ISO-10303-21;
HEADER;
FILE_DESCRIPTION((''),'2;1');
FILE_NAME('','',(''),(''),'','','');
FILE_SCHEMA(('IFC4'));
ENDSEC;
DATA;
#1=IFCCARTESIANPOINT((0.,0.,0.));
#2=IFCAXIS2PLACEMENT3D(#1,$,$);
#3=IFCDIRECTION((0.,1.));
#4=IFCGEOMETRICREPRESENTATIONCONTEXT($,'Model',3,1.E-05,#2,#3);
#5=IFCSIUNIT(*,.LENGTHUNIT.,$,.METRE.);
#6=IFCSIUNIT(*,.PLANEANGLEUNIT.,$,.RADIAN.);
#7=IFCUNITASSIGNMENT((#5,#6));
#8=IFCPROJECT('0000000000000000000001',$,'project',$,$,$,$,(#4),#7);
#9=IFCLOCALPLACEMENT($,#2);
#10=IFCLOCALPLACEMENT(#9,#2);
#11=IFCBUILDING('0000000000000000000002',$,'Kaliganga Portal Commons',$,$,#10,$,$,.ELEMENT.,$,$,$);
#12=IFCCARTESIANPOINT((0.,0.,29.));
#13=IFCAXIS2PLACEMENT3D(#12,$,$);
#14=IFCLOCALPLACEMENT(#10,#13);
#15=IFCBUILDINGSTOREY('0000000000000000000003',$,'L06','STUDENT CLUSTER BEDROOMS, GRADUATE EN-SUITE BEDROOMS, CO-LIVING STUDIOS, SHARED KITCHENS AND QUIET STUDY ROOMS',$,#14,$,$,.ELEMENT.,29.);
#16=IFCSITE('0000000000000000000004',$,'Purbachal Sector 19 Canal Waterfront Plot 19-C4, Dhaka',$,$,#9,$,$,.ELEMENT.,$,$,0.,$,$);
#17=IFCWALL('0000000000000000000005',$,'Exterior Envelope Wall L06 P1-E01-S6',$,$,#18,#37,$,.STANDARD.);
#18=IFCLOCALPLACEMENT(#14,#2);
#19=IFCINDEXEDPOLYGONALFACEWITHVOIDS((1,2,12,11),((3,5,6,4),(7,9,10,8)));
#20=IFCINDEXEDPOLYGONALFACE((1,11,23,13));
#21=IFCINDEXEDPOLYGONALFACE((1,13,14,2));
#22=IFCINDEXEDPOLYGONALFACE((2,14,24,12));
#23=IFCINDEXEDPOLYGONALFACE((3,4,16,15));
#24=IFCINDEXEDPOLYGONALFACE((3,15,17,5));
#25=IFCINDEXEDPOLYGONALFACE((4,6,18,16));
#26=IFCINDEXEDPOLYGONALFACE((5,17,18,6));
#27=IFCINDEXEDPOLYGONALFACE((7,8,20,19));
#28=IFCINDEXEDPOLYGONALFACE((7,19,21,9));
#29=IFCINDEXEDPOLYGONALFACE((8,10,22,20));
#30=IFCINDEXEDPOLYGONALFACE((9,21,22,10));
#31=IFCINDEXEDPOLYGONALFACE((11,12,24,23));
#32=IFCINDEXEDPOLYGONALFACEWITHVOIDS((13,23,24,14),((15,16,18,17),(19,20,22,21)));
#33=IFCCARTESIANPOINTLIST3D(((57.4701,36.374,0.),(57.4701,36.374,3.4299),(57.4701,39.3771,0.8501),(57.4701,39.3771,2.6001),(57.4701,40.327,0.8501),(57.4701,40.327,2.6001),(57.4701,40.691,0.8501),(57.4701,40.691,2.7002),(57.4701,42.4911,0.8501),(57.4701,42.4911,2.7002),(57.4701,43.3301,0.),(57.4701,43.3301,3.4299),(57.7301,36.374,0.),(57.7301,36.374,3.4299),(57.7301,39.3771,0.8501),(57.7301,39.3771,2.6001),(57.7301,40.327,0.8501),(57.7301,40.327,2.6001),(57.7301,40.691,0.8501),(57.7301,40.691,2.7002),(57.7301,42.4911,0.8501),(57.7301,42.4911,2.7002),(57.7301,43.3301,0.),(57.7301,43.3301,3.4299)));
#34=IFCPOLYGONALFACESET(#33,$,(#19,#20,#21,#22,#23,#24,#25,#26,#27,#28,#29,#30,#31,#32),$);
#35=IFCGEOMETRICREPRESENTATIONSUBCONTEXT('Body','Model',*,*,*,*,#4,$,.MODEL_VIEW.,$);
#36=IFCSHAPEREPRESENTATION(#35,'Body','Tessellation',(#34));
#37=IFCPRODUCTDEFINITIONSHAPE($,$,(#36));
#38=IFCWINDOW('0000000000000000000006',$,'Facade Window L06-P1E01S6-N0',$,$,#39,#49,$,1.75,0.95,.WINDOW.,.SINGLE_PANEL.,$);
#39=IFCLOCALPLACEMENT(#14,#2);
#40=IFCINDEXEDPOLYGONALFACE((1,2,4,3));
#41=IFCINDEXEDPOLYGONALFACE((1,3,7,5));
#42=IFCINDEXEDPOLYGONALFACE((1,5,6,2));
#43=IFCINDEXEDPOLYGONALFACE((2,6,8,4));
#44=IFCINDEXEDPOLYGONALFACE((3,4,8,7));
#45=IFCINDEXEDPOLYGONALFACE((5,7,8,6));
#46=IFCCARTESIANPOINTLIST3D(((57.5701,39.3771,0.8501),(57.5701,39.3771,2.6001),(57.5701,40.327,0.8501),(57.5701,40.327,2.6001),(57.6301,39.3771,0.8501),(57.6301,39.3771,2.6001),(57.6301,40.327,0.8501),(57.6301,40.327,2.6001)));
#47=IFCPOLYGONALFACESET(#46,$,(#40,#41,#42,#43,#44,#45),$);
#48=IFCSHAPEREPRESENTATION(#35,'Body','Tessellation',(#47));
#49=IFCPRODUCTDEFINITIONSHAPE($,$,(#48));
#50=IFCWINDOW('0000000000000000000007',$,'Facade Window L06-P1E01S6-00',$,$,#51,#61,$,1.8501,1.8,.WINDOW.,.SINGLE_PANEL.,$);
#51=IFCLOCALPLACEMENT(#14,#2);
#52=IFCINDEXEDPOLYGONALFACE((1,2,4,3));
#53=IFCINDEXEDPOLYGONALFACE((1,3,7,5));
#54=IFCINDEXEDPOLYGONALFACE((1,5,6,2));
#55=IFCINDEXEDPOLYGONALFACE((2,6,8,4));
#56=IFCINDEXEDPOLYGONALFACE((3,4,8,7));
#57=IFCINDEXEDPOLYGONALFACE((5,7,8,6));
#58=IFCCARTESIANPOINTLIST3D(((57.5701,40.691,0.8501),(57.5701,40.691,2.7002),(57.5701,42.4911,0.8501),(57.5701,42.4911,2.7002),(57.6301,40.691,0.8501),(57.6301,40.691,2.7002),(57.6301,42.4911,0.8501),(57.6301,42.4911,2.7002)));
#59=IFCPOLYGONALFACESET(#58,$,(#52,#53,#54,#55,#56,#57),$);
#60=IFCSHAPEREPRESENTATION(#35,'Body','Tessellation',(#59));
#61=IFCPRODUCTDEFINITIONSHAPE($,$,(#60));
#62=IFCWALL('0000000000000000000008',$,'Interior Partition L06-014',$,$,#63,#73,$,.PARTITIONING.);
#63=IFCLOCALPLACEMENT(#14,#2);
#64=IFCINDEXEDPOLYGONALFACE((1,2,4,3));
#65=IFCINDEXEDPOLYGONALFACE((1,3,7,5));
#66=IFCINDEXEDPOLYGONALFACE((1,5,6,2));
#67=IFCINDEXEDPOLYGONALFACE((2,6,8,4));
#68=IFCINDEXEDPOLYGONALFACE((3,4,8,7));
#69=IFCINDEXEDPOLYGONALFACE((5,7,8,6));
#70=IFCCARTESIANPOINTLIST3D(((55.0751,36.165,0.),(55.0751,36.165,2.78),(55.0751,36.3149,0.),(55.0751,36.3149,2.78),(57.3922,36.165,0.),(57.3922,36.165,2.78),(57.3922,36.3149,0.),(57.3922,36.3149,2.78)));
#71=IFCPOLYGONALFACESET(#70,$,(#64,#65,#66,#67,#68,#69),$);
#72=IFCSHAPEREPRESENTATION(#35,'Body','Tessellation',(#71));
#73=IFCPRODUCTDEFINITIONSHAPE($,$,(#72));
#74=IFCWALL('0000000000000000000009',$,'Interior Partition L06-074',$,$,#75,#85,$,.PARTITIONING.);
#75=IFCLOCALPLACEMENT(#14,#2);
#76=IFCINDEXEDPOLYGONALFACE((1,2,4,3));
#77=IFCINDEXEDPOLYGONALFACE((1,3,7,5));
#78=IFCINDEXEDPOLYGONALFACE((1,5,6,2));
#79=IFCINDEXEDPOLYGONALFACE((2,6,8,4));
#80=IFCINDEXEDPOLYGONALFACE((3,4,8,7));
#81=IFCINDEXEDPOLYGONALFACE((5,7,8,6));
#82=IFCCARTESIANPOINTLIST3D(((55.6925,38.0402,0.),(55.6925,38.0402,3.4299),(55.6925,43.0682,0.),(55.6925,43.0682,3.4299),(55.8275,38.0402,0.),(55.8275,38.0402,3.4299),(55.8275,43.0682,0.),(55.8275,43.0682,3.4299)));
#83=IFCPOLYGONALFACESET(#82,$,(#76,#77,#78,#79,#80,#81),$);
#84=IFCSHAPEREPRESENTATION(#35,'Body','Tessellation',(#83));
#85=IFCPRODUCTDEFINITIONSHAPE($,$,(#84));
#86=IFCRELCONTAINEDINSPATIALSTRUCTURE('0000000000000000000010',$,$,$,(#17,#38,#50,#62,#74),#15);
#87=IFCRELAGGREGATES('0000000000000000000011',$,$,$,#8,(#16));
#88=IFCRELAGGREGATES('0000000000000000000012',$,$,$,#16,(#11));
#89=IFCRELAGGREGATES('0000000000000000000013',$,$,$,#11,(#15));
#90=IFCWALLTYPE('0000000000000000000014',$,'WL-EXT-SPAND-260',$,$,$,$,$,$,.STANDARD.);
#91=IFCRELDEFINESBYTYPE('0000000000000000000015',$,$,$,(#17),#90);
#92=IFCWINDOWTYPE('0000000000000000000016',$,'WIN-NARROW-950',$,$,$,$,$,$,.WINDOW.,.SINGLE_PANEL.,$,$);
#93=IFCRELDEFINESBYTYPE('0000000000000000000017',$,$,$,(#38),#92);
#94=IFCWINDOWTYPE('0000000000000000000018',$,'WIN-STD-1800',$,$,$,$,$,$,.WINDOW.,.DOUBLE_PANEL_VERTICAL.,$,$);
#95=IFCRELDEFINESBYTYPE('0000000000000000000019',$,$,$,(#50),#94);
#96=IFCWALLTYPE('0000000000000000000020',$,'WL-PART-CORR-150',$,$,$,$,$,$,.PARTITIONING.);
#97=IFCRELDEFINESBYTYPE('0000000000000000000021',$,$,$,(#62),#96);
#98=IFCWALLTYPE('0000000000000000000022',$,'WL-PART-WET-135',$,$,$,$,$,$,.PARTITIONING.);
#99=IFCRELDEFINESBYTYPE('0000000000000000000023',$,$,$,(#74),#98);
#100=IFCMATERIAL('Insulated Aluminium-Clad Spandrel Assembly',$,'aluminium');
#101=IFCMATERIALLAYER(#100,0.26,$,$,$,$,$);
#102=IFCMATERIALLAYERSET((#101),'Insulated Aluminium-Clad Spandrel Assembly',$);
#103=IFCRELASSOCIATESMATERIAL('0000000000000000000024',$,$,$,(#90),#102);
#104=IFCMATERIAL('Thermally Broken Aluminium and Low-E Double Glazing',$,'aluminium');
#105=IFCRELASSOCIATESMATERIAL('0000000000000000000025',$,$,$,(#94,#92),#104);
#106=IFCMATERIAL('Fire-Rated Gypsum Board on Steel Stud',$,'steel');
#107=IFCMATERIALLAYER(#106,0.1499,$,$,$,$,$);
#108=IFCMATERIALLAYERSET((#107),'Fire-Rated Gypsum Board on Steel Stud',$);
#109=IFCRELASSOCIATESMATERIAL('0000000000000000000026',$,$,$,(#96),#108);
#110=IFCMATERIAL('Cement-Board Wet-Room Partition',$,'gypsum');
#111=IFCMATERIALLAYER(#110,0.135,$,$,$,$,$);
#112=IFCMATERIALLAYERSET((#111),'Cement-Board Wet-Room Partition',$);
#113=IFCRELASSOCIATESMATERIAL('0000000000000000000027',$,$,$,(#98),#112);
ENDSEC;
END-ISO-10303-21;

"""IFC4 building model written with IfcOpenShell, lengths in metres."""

from ifc_helpers import new_model, si_unit, direction, frame, frame_2d, origin, place, context, subcontext, project, spatial, rectangle, extrude, material, layer, layer_set, type_object, element, fill, save


model = new_model("IFC4")

# Units and contexts
model_context = context("Model", 3, precision=1e-05, world=origin(), true_north=direction((0.0, 1.0)))
body_context = subcontext(model_context, "Body", "Model", "MODEL_VIEW")
ifc_project = project(units=[si_unit("LENGTHUNIT", "METRE"), si_unit("PLANEANGLEUNIT", "RADIAN")], contexts=[model_context])

# Site, building, storey
site_placement = place(None, origin())
site = spatial("IfcSite", under=ifc_project, at=site_placement, Name="Purbachal Sector 19 Canal Waterfront Plot 19-C4, Dhaka", CompositionType="ELEMENT", RefElevation=0.0)
building_placement = place(site_placement, origin())
building = spatial("IfcBuilding", under=site, at=building_placement, Name="Kaliganga Portal Commons", CompositionType="ELEMENT")
storey_placement = place(building_placement, frame((0.0, 0.0, 29.0)))
storey = spatial("IfcBuildingStorey", under=building, at=storey_placement, Name="L06", Description="STUDENT CLUSTER BEDROOMS, GRADUATE EN-SUITE BEDROOMS, CO-LIVING STUDIOS, SHARED KITCHENS AND QUIET STUDY ROOMS", CompositionType="ELEMENT", Elevation=29.0)

# Wall, openings, windows
ifc_material_1 = material(Name="Insulated Aluminium-Clad Spandrel Assembly", Category="aluminium")
ifc_layer_1 = layer(ifc_material_1, 0.26)
ifc_layer_set_1 = layer_set([ifc_layer_1], Name="Insulated Aluminium-Clad Spandrel Assembly")
wall_type_1 = type_object("IfcWallType", Name="WL-EXT-SPAND-260", PredefinedType="STANDARD", material=ifc_layer_set_1)
ifc_material_2 = material(Name="Thermally Broken Aluminium and Low-E Double Glazing", Category="aluminium")
window_type_1 = type_object("IfcWindowType", Name="WIN-STD-1800", PartitioningType="DOUBLE_PANEL_VERTICAL", PredefinedType="WINDOW", material=ifc_material_2)
wall_1_placement = place(storey_placement, frame((57.6001, 43.3301, 0.0), z_axis=(0.0, 0.0, 1.0), x_axis=(0.0, -1.0, 0.0)))
wall_1 = element("IfcWall", 1, at=wall_1_placement, inside=storey, type_object=wall_type_1, Name="Exterior Envelope Wall L06 P1-E01-S6", PredefinedType="STANDARD", context=body_context, shape_type="SweptSolid", body=[
    extrude(rectangle(XDim=6.9561, YDim=0.26, at=frame_2d((3.478, 0.0))), origin(), (0.0, 0.0, 1.0), 3.4299),
])
opening_1_placement = place(wall_1_placement, frame((0.8391, 0.0, 0.8501)))
opening_1 = element("IfcOpeningElement", 2, at=opening_1_placement, cuts=wall_1, PredefinedType="OPENING", context=body_context, shape_type="SweptSolid", body=[
    extrude(rectangle(XDim=1.8, YDim=1.8501, at=frame_2d((0.8999, 0.925))), frame((0.0, 0.1401, 0.0), z_axis=(0.0, -1.0, 0.0), x_axis=(1.0, 0.0, 0.0)), (0.0, 0.0, 1.0), 0.28),
])
opening_2_placement = place(wall_1_placement, frame((3.0029, 0.0, 0.8501)))
opening_2 = element("IfcOpeningElement", 3, at=opening_2_placement, cuts=wall_1, PredefinedType="OPENING", context=body_context, shape_type="SweptSolid", body=[
    extrude(rectangle(XDim=0.95, YDim=1.75, at=frame_2d((0.4751, 0.875))), frame((0.0, 0.1401, 0.0), z_axis=(0.0, -1.0, 0.0), x_axis=(1.0, 0.0, 0.0)), (0.0, 0.0, 1.0), 0.28),
])
window_type_2 = type_object("IfcWindowType", Name="WIN-NARROW-950", PartitioningType="SINGLE_PANEL", PredefinedType="WINDOW", material=ifc_material_2)
window_1_placement = place(opening_2_placement, origin())
window_1 = element("IfcWindow", 4, at=window_1_placement, inside=storey, type_object=window_type_2, Name="Facade Window L06-P1E01S6-N0", OverallHeight=1.75, OverallWidth=0.95, PartitioningType="SINGLE_PANEL", PredefinedType="WINDOW", context=body_context, shape_type="SweptSolid", body=[
    extrude(rectangle(XDim=0.95, YDim=1.75, at=frame_2d((0.4751, 0.875))), frame((0.0, 0.03, 0.0), z_axis=(0.0, -1.0, 0.0), x_axis=(1.0, 0.0, 0.0)), (0.0, 0.0, 1.0), 0.0601),
])
fill(opening_2, window_1)
window_2_placement = place(opening_1_placement, origin())
window_2 = element("IfcWindow", 5, at=window_2_placement, inside=storey, type_object=window_type_1, Name="Facade Window L06-P1E01S6-00", OverallHeight=1.8501, OverallWidth=1.8, PartitioningType="SINGLE_PANEL", PredefinedType="WINDOW", context=body_context, shape_type="SweptSolid", body=[
    extrude(rectangle(XDim=1.8, YDim=1.8501, at=frame_2d((0.8999, 0.925))), frame((0.0, 0.03, 0.0), z_axis=(0.0, -1.0, 0.0), x_axis=(1.0, 0.0, 0.0)), (0.0, 0.0, 1.0), 0.0601),
])
fill(opening_1, window_2)

# Wall
ifc_material_3 = material(Name="Fire-Rated Gypsum Board on Steel Stud", Category="steel")
ifc_layer_2 = layer(ifc_material_3, 0.1499)
ifc_layer_set_2 = layer_set([ifc_layer_2], Name="Fire-Rated Gypsum Board on Steel Stud")
wall_type_2 = type_object("IfcWallType", Name="WL-PART-CORR-150", PredefinedType="PARTITIONING", material=ifc_layer_set_2)
wall_2_placement = place(storey_placement, frame((55.075, 36.24, 0.0), z_axis=(0.0, 0.0, 1.0), x_axis=(1.0, 0.0, 0.0)))
element("IfcWall", 6, at=wall_2_placement, inside=storey, type_object=wall_type_2, Name="Interior Partition L06-014", PredefinedType="PARTITIONING", context=body_context, shape_type="SweptSolid", body=[
    extrude(rectangle(XDim=2.3171, YDim=0.1499, at=frame_2d((1.1587, 0.0))), origin(), (0.0, 0.0, 1.0), 2.78),
])

# Wall
ifc_material_4 = material(Name="Cement-Board Wet-Room Partition", Category="gypsum")
ifc_layer_3 = layer(ifc_material_4, 0.135)
ifc_layer_set_3 = layer_set([ifc_layer_3], Name="Cement-Board Wet-Room Partition")
wall_type_3 = type_object("IfcWallType", Name="WL-PART-WET-135", PredefinedType="PARTITIONING", material=ifc_layer_set_3)
wall_3_placement = place(storey_placement, frame((55.76, 38.04, 0.0), z_axis=(0.0, 0.0, 1.0), x_axis=(0.0, 1.0, 0.0)))
element("IfcWall", 7, at=wall_3_placement, inside=storey, type_object=wall_type_3, Name="Interior Partition L06-074", PredefinedType="PARTITIONING", context=body_context, shape_type="SweptSolid", body=[
    extrude(rectangle(XDim=5.0281, YDim=0.135, at=frame_2d((2.5142, 0.0))), origin(), (0.0, 0.0, 1.0), 3.4299),
])

save(model, "model.ifc")
